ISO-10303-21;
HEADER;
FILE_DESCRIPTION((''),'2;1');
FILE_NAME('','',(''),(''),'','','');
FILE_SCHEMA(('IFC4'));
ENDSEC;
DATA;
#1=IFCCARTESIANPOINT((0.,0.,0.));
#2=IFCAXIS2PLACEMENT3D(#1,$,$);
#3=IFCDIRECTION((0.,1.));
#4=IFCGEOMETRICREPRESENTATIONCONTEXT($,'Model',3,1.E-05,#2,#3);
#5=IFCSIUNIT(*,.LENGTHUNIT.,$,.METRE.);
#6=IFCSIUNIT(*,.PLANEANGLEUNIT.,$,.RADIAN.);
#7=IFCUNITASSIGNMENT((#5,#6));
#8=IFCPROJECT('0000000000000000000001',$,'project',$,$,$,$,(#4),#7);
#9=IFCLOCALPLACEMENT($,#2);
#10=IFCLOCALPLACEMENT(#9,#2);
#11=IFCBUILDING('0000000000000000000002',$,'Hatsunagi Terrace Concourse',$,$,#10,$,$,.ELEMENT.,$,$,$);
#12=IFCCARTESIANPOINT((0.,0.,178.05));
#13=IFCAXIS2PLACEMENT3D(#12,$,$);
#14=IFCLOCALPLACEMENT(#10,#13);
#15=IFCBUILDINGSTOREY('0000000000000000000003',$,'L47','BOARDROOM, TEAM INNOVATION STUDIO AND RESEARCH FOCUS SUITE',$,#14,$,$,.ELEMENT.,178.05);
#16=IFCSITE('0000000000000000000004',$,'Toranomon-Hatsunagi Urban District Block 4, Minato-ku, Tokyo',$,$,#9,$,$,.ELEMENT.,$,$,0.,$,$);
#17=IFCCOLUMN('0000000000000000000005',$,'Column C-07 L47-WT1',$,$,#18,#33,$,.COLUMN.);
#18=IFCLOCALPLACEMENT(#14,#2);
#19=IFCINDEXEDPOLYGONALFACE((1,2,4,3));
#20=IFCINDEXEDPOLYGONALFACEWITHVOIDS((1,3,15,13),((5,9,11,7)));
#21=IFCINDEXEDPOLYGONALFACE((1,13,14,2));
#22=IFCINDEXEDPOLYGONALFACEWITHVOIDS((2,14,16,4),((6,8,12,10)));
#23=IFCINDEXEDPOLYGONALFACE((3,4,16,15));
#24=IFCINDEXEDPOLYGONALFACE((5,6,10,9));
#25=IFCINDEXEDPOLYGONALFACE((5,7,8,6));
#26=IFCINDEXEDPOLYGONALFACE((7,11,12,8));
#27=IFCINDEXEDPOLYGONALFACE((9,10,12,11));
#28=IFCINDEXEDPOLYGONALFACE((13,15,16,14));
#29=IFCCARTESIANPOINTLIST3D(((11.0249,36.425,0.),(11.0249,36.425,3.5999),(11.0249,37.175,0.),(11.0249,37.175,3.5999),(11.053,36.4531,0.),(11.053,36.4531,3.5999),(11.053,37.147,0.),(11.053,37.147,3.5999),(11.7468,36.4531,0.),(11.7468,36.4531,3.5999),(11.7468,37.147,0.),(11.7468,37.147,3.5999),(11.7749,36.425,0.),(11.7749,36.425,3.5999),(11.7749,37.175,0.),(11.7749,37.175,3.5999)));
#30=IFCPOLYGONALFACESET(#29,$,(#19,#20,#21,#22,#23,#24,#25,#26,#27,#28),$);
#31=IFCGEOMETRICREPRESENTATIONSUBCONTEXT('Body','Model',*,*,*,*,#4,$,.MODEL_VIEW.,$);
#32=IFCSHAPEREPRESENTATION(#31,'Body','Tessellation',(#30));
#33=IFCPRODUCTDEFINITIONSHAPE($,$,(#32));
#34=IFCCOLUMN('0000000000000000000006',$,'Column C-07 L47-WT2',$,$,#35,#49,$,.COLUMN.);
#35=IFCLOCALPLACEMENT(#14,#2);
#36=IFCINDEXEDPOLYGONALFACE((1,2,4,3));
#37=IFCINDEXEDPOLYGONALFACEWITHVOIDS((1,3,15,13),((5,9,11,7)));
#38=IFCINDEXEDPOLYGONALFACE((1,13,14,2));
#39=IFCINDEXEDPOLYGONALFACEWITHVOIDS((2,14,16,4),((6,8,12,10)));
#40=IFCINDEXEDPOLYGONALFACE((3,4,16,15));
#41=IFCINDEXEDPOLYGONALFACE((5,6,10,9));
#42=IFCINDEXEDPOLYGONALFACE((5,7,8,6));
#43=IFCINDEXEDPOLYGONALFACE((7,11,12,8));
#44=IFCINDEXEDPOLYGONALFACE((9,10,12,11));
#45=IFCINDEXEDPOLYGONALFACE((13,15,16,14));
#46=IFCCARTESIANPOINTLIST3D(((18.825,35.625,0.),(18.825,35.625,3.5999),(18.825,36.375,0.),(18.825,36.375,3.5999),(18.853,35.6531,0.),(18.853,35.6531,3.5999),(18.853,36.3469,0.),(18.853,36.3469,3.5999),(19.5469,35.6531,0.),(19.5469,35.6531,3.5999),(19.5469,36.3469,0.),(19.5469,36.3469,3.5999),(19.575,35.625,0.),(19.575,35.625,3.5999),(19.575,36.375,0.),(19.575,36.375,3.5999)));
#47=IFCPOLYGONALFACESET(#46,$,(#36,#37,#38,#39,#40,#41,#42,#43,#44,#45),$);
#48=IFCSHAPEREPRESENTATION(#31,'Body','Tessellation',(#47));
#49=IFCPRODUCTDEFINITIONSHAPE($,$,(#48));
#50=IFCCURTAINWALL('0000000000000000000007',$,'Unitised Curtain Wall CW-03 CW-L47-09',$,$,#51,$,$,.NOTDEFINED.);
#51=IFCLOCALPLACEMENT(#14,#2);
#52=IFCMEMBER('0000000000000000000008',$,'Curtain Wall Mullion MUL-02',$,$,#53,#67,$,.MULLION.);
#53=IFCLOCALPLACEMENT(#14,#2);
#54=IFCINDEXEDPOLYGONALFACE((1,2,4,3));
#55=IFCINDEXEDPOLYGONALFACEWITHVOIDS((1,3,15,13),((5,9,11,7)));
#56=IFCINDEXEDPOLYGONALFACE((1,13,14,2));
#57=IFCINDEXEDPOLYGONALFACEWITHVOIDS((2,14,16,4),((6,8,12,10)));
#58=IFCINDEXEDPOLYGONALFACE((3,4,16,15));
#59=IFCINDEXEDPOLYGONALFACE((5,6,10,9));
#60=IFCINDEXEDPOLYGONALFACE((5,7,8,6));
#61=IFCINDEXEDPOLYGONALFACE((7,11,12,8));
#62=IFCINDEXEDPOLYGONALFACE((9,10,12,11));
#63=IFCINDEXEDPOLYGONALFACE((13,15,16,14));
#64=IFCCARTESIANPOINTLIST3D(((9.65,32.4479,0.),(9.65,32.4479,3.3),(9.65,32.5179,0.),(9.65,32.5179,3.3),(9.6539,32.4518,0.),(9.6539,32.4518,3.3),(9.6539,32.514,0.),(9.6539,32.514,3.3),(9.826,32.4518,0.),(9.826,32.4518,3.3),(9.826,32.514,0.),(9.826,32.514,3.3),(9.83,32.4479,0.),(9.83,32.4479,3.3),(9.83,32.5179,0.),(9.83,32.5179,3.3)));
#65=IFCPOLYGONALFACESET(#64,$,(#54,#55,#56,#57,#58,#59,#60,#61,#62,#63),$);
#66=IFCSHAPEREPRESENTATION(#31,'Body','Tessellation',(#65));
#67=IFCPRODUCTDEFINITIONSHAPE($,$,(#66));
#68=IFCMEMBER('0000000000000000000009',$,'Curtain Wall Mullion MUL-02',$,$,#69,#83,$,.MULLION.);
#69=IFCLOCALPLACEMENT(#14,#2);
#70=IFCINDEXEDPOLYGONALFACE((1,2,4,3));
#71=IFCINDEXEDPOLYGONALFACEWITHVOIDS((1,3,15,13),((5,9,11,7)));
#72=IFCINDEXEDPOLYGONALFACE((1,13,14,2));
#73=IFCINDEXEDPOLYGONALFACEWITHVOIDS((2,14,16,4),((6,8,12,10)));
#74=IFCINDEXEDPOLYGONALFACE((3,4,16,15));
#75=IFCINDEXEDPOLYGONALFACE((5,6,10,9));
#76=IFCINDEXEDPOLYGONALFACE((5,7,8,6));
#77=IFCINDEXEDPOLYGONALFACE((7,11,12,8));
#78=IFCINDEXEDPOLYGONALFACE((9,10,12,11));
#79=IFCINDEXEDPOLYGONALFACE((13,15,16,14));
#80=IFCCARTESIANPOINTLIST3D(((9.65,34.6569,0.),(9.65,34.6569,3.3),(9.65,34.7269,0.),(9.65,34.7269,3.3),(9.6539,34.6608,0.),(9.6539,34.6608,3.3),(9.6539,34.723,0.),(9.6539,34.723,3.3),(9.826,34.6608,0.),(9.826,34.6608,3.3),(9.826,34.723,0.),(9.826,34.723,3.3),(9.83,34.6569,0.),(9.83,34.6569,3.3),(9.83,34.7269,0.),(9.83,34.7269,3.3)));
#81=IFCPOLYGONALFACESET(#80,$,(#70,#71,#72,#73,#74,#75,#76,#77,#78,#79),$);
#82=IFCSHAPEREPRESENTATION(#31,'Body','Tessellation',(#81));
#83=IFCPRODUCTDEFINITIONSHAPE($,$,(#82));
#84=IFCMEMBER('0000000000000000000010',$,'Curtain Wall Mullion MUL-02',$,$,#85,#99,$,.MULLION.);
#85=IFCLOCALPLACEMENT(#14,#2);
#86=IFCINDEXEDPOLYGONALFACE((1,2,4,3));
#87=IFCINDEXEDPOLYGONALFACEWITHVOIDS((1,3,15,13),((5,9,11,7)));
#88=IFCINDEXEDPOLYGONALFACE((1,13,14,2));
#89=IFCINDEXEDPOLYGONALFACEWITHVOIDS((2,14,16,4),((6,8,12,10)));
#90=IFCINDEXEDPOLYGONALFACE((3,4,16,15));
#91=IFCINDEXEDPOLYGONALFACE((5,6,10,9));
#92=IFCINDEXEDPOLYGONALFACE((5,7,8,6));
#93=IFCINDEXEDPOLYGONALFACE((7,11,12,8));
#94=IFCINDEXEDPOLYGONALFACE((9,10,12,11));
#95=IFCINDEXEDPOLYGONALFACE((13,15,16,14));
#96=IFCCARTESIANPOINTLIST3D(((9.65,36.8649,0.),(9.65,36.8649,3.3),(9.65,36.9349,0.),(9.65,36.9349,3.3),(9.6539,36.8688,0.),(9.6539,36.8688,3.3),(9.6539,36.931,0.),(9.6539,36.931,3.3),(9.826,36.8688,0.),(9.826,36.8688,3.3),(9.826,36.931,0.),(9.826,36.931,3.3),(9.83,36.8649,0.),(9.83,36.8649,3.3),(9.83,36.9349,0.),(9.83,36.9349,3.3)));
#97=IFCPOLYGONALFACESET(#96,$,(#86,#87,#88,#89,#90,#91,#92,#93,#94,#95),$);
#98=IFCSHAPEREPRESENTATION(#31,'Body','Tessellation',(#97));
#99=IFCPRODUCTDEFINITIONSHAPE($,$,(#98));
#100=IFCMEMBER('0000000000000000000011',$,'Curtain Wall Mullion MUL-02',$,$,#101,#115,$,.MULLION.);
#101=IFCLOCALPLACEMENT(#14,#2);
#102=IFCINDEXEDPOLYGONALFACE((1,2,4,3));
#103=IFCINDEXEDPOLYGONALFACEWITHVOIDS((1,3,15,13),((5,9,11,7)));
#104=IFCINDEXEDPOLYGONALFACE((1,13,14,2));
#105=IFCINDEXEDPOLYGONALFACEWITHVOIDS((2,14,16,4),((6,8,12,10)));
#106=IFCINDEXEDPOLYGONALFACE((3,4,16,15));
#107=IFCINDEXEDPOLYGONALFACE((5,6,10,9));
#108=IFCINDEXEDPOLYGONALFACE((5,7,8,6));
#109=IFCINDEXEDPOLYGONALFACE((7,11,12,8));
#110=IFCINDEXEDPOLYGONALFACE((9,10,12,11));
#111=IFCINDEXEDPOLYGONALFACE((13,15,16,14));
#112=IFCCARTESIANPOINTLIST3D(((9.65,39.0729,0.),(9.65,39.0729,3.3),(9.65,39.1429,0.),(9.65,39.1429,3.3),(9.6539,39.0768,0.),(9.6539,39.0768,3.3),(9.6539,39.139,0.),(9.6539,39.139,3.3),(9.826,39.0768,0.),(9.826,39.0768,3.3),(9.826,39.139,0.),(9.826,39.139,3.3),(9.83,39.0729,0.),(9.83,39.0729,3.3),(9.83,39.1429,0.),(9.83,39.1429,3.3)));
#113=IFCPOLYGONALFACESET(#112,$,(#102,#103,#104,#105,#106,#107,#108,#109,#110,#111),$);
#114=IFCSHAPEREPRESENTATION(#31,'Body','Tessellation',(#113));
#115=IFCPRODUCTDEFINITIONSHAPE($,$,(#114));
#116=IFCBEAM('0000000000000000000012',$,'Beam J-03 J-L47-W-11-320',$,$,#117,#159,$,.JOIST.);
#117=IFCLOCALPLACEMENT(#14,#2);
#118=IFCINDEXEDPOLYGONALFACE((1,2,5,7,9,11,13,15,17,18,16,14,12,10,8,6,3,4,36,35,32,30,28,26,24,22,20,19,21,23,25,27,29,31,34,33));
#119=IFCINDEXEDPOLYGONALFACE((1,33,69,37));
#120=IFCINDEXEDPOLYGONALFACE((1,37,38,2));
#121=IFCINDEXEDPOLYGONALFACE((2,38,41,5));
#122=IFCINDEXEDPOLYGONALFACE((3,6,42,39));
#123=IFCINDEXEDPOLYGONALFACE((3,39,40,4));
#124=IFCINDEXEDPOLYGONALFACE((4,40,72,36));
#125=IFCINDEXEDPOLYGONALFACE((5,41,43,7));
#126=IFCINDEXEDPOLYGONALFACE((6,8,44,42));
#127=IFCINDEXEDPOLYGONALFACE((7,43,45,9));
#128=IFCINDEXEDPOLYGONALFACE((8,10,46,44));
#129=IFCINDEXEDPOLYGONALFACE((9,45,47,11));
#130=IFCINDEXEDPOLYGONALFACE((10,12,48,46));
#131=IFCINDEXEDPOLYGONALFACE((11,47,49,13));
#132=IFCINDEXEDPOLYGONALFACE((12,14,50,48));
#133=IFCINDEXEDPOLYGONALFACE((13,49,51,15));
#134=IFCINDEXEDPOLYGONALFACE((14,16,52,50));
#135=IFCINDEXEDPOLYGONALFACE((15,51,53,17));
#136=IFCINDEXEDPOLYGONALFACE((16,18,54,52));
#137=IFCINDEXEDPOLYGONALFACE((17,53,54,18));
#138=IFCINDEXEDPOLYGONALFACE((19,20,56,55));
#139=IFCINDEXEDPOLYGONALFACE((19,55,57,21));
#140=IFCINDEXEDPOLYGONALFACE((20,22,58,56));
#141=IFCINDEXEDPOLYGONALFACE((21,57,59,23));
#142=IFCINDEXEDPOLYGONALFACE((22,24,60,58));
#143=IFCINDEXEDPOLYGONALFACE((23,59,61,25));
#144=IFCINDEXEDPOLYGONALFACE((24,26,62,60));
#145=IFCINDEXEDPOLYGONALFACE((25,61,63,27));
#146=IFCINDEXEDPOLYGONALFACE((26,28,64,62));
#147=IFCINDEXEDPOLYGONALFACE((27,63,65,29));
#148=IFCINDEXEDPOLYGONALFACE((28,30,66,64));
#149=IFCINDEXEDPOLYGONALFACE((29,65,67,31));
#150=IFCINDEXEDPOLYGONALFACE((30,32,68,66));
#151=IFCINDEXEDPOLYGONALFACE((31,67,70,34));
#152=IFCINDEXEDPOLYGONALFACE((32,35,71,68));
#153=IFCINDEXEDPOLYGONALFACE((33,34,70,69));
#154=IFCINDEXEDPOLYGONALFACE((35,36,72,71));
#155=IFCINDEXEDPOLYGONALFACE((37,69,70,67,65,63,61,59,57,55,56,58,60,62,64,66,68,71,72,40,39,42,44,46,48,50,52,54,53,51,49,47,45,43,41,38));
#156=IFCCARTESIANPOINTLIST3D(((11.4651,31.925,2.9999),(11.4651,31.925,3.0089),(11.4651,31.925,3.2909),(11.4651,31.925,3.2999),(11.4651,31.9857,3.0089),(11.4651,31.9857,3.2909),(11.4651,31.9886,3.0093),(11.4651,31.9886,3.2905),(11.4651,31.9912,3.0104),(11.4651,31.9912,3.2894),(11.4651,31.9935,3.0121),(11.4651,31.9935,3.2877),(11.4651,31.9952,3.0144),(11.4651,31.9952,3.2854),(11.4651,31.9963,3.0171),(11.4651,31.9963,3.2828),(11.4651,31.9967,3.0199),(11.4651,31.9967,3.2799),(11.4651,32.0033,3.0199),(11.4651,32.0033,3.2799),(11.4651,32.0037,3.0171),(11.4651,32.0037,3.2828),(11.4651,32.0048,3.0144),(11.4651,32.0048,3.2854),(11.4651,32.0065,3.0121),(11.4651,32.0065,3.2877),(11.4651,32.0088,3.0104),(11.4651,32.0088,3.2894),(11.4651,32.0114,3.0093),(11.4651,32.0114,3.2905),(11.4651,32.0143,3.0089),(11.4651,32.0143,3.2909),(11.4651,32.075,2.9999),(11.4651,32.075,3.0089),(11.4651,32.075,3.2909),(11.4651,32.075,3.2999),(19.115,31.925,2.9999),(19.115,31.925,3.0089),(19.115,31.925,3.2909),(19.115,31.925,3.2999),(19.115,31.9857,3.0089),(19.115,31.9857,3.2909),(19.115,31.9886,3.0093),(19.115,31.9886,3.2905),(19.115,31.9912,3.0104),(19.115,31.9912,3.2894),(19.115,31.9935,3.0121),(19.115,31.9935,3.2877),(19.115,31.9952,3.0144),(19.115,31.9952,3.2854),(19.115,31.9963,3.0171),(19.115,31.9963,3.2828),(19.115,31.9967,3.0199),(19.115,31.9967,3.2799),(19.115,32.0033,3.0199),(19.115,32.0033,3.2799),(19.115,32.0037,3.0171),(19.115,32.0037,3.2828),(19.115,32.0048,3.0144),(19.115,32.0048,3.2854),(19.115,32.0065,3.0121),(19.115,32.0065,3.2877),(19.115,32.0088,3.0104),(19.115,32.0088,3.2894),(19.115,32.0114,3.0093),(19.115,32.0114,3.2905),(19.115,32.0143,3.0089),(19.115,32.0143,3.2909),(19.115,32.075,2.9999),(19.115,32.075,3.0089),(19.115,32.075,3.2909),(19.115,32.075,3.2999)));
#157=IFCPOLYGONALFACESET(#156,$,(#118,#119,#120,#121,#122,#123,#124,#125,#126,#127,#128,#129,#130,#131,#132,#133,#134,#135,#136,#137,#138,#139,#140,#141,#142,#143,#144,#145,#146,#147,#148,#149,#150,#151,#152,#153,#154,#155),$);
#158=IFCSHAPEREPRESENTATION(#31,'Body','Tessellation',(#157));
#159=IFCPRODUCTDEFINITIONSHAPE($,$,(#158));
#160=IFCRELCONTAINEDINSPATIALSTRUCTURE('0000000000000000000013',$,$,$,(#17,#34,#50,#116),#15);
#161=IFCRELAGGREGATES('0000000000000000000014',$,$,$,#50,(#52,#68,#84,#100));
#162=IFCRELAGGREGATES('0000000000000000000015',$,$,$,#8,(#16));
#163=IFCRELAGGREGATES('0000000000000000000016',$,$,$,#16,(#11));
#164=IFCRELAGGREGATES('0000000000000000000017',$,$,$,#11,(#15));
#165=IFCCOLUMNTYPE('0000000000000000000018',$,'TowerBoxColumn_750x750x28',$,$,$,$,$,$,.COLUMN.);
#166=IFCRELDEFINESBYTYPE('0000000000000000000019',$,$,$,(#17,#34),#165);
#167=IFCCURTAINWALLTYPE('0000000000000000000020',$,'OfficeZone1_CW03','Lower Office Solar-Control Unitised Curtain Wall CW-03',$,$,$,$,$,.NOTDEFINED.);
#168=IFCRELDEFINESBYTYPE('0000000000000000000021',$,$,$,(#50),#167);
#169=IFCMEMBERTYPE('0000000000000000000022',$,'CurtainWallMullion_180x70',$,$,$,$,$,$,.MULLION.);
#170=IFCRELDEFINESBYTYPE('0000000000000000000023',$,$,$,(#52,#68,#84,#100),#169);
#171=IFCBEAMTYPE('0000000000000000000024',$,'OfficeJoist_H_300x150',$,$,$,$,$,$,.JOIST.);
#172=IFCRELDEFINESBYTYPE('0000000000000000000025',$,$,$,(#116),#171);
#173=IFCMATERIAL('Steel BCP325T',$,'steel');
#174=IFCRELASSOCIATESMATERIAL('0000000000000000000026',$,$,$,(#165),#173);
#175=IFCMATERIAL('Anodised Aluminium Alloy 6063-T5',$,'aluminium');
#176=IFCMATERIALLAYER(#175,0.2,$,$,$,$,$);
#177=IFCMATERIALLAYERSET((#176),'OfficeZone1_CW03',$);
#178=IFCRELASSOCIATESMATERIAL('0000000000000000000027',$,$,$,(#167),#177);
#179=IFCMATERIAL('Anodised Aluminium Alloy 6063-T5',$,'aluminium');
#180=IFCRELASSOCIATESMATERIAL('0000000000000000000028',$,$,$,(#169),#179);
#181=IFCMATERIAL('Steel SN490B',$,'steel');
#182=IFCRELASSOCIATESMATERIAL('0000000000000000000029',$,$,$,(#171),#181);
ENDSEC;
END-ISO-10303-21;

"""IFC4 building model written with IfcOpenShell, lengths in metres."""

from ifc_helpers import new_model, si_unit, direction, frame, origin, origin_2d, place, context, subcontext, project, spatial, hollow_rectangle, i_section, extrude, material, layer, layer_set, material_profile, profile_set, type_object, element, aggregate, save


model = new_model("IFC4")

# Units and contexts
model_context = context("Model", 3, precision=1e-05, world=origin(), true_north=direction((0.0, 1.0)))
body_context = subcontext(model_context, "Body", "Model", "MODEL_VIEW")
ifc_project = project(units=[si_unit("LENGTHUNIT", "METRE"), si_unit("PLANEANGLEUNIT", "RADIAN")], contexts=[model_context])

# Site, building, storey
site_placement = place(None, origin())
site = spatial("IfcSite", under=ifc_project, at=site_placement, Name="Toranomon-Hatsunagi Urban District Block 4, Minato-ku, Tokyo", CompositionType="ELEMENT", RefElevation=0.0)
building_placement = place(site_placement, origin())
building = spatial("IfcBuilding", under=site, at=building_placement, Name="Hatsunagi Terrace Concourse", CompositionType="ELEMENT")
storey_placement = place(building_placement, frame((0.0, 0.0, 178.05)))
storey = spatial("IfcBuildingStorey", under=building, at=storey_placement, Name="L47", Description="BOARDROOM, TEAM INNOVATION STUDIO AND RESEARCH FOCUS SUITE", CompositionType="ELEMENT", Elevation=178.05)

# Columns
ifc_material_1 = material(Name="Steel BCP325T", Category="steel")
ifc_material_profile_1 = material_profile(ifc_material_1, hollow_rectangle(XDim=0.75, YDim=0.75, WallThickness=0.0281, at=origin_2d()), Name="BCP-750x750x28")
ifc_profile_set_1 = profile_set([ifc_material_profile_1], Name="Steel BCP325T")
column_type = type_object("IfcColumnType", Name="TowerBoxColumn_750x750x28", PredefinedType="COLUMN", material=ifc_profile_set_1)
for number, where, z_axis, x_axis, name in (
    (1, (11.3999, 36.8, 0.0), (0.0, 0.0, 1.0), (1.0, 0.0, 0.0), "Column C-07 L47-WT1"),
    (2, (19.2, 36.0, 0.0), (0.0, 0.0, 1.0), (1.0, 0.0, 0.0), "Column C-07 L47-WT2"),
):
    element("IfcColumn", number, at=place(storey_placement, frame(where, z_axis=z_axis, x_axis=x_axis)), inside=storey, type_object=column_type, Name=name, PredefinedType="COLUMN", context=body_context, shape_type="SweptSolid", body=[
        extrude(hollow_rectangle(XDim=0.75, YDim=0.75, WallThickness=0.0281, at=origin_2d()), origin(), (0.0, 0.0, 1.0), 3.5999),
    ])

# Curtain wall, members
ifc_material_2 = material(Name="Anodised Aluminium Alloy 6063-T5", Category="aluminium")
ifc_layer_1 = layer(ifc_material_2, 0.2)
ifc_layer_set_1 = layer_set([ifc_layer_1], Name="OfficeZone1_CW03")
curtain_wall_type = type_object("IfcCurtainWallType", Name="OfficeZone1_CW03", Description="Lower Office Solar-Control Unitised Curtain Wall CW-03", PredefinedType="NOTDEFINED", material=ifc_layer_set_1)
curtain_wall_placement = place(storey_placement, origin())
curtain_wall = element("IfcCurtainWall", 3, at=curtain_wall_placement, inside=storey, type_object=curtain_wall_type, Name="Unitised Curtain Wall CW-03 CW-L47-09", PredefinedType="NOTDEFINED")
ifc_material_3 = material(Name="Anodised Aluminium Alloy 6063-T5", Category="aluminium")
ifc_material_profile_2 = material_profile(ifc_material_3, hollow_rectangle(XDim=0.0701, YDim=0.1799, WallThickness=0.0039, at=origin_2d()), Name="ALU-MUL-180x70x4")
ifc_profile_set_2 = profile_set([ifc_material_profile_2], Name="Anodised Aluminium Alloy 6063-T5")
member_type = type_object("IfcMemberType", Name="CurtainWallMullion_180x70", PredefinedType="MULLION", material=ifc_profile_set_2)
member_1_placement = place(storey_placement, frame((9.74, 32.4829, 0.0), z_axis=(0.0, 0.0, 1.0), x_axis=(0.0, 1.0, 0.0)))
member_1 = element("IfcMember", 4, at=member_1_placement, type_object=member_type, Name="Curtain Wall Mullion MUL-02", PredefinedType="MULLION", context=body_context, shape_type="SweptSolid", body=[
    extrude(hollow_rectangle(XDim=0.0701, YDim=0.1799, WallThickness=0.0039, at=origin_2d()), origin(), (0.0, 0.0, 1.0), 3.3),
])
member_2_placement = place(storey_placement, frame((9.74, 34.6919, 0.0), z_axis=(0.0, 0.0, 1.0), x_axis=(0.0, 1.0, 0.0)))
member_2 = element("IfcMember", 5, at=member_2_placement, type_object=member_type, Name="Curtain Wall Mullion MUL-02", PredefinedType="MULLION", context=body_context, shape_type="SweptSolid", body=[
    extrude(hollow_rectangle(XDim=0.0701, YDim=0.1799, WallThickness=0.0039, at=origin_2d()), origin(), (0.0, 0.0, 1.0), 3.3),
])
member_3_placement = place(storey_placement, frame((9.74, 36.8999, 0.0), z_axis=(0.0, 0.0, 1.0), x_axis=(0.0, 1.0, 0.0)))
member_3 = element("IfcMember", 6, at=member_3_placement, type_object=member_type, Name="Curtain Wall Mullion MUL-02", PredefinedType="MULLION", context=body_context, shape_type="SweptSolid", body=[
    extrude(hollow_rectangle(XDim=0.0701, YDim=0.1799, WallThickness=0.0039, at=origin_2d()), origin(), (0.0, 0.0, 1.0), 3.3),
])
member_4_placement = place(storey_placement, frame((9.74, 39.1079, 0.0), z_axis=(0.0, 0.0, 1.0), x_axis=(0.0, 1.0, 0.0)))
member_4 = element("IfcMember", 7, at=member_4_placement, type_object=member_type, Name="Curtain Wall Mullion MUL-02", PredefinedType="MULLION", context=body_context, shape_type="SweptSolid", body=[
    extrude(hollow_rectangle(XDim=0.0701, YDim=0.1799, WallThickness=0.0039, at=origin_2d()), origin(), (0.0, 0.0, 1.0), 3.3),
])

# Beam
ifc_material_4 = material(Name="Steel SN490B", Category="steel")
ifc_material_profile_3 = material_profile(ifc_material_4, i_section(OverallWidth=0.1499, OverallDepth=0.3, WebThickness=0.0066, FlangeThickness=0.009, FilletRadius=0.011, at=origin_2d()), Name="H-300x150x6.5x9")
ifc_profile_set_3 = profile_set([ifc_material_profile_3], Name="Steel SN490B")
beam_type_1 = type_object("IfcBeamType", Name="OfficeJoist_H_300x150", PredefinedType="JOIST", material=ifc_profile_set_3)
for number, where, z_axis, x_axis, name in (
    (8, (11.4651, 32.0, 3.1499), (1.0, 0.0, 0.0), (0.0, 1.0, 0.0), "Beam J-03 J-L47-W-11-320"),
):
    element("IfcBeam", number, at=place(storey_placement, frame(where, z_axis=z_axis, x_axis=x_axis)), inside=storey, type_object=beam_type_1, Name=name, PredefinedType="JOIST", context=body_context, shape_type="SweptSolid", body=[
        extrude(i_section(OverallWidth=0.1499, OverallDepth=0.3, WebThickness=0.0066, FlangeThickness=0.009, FilletRadius=0.011, at=origin_2d()), origin(), (0.0, 0.0, 1.0), 7.6499),
    ])

aggregate(curtain_wall, [member_1, member_2, member_3, member_4])

save(model, "model.ifc")
